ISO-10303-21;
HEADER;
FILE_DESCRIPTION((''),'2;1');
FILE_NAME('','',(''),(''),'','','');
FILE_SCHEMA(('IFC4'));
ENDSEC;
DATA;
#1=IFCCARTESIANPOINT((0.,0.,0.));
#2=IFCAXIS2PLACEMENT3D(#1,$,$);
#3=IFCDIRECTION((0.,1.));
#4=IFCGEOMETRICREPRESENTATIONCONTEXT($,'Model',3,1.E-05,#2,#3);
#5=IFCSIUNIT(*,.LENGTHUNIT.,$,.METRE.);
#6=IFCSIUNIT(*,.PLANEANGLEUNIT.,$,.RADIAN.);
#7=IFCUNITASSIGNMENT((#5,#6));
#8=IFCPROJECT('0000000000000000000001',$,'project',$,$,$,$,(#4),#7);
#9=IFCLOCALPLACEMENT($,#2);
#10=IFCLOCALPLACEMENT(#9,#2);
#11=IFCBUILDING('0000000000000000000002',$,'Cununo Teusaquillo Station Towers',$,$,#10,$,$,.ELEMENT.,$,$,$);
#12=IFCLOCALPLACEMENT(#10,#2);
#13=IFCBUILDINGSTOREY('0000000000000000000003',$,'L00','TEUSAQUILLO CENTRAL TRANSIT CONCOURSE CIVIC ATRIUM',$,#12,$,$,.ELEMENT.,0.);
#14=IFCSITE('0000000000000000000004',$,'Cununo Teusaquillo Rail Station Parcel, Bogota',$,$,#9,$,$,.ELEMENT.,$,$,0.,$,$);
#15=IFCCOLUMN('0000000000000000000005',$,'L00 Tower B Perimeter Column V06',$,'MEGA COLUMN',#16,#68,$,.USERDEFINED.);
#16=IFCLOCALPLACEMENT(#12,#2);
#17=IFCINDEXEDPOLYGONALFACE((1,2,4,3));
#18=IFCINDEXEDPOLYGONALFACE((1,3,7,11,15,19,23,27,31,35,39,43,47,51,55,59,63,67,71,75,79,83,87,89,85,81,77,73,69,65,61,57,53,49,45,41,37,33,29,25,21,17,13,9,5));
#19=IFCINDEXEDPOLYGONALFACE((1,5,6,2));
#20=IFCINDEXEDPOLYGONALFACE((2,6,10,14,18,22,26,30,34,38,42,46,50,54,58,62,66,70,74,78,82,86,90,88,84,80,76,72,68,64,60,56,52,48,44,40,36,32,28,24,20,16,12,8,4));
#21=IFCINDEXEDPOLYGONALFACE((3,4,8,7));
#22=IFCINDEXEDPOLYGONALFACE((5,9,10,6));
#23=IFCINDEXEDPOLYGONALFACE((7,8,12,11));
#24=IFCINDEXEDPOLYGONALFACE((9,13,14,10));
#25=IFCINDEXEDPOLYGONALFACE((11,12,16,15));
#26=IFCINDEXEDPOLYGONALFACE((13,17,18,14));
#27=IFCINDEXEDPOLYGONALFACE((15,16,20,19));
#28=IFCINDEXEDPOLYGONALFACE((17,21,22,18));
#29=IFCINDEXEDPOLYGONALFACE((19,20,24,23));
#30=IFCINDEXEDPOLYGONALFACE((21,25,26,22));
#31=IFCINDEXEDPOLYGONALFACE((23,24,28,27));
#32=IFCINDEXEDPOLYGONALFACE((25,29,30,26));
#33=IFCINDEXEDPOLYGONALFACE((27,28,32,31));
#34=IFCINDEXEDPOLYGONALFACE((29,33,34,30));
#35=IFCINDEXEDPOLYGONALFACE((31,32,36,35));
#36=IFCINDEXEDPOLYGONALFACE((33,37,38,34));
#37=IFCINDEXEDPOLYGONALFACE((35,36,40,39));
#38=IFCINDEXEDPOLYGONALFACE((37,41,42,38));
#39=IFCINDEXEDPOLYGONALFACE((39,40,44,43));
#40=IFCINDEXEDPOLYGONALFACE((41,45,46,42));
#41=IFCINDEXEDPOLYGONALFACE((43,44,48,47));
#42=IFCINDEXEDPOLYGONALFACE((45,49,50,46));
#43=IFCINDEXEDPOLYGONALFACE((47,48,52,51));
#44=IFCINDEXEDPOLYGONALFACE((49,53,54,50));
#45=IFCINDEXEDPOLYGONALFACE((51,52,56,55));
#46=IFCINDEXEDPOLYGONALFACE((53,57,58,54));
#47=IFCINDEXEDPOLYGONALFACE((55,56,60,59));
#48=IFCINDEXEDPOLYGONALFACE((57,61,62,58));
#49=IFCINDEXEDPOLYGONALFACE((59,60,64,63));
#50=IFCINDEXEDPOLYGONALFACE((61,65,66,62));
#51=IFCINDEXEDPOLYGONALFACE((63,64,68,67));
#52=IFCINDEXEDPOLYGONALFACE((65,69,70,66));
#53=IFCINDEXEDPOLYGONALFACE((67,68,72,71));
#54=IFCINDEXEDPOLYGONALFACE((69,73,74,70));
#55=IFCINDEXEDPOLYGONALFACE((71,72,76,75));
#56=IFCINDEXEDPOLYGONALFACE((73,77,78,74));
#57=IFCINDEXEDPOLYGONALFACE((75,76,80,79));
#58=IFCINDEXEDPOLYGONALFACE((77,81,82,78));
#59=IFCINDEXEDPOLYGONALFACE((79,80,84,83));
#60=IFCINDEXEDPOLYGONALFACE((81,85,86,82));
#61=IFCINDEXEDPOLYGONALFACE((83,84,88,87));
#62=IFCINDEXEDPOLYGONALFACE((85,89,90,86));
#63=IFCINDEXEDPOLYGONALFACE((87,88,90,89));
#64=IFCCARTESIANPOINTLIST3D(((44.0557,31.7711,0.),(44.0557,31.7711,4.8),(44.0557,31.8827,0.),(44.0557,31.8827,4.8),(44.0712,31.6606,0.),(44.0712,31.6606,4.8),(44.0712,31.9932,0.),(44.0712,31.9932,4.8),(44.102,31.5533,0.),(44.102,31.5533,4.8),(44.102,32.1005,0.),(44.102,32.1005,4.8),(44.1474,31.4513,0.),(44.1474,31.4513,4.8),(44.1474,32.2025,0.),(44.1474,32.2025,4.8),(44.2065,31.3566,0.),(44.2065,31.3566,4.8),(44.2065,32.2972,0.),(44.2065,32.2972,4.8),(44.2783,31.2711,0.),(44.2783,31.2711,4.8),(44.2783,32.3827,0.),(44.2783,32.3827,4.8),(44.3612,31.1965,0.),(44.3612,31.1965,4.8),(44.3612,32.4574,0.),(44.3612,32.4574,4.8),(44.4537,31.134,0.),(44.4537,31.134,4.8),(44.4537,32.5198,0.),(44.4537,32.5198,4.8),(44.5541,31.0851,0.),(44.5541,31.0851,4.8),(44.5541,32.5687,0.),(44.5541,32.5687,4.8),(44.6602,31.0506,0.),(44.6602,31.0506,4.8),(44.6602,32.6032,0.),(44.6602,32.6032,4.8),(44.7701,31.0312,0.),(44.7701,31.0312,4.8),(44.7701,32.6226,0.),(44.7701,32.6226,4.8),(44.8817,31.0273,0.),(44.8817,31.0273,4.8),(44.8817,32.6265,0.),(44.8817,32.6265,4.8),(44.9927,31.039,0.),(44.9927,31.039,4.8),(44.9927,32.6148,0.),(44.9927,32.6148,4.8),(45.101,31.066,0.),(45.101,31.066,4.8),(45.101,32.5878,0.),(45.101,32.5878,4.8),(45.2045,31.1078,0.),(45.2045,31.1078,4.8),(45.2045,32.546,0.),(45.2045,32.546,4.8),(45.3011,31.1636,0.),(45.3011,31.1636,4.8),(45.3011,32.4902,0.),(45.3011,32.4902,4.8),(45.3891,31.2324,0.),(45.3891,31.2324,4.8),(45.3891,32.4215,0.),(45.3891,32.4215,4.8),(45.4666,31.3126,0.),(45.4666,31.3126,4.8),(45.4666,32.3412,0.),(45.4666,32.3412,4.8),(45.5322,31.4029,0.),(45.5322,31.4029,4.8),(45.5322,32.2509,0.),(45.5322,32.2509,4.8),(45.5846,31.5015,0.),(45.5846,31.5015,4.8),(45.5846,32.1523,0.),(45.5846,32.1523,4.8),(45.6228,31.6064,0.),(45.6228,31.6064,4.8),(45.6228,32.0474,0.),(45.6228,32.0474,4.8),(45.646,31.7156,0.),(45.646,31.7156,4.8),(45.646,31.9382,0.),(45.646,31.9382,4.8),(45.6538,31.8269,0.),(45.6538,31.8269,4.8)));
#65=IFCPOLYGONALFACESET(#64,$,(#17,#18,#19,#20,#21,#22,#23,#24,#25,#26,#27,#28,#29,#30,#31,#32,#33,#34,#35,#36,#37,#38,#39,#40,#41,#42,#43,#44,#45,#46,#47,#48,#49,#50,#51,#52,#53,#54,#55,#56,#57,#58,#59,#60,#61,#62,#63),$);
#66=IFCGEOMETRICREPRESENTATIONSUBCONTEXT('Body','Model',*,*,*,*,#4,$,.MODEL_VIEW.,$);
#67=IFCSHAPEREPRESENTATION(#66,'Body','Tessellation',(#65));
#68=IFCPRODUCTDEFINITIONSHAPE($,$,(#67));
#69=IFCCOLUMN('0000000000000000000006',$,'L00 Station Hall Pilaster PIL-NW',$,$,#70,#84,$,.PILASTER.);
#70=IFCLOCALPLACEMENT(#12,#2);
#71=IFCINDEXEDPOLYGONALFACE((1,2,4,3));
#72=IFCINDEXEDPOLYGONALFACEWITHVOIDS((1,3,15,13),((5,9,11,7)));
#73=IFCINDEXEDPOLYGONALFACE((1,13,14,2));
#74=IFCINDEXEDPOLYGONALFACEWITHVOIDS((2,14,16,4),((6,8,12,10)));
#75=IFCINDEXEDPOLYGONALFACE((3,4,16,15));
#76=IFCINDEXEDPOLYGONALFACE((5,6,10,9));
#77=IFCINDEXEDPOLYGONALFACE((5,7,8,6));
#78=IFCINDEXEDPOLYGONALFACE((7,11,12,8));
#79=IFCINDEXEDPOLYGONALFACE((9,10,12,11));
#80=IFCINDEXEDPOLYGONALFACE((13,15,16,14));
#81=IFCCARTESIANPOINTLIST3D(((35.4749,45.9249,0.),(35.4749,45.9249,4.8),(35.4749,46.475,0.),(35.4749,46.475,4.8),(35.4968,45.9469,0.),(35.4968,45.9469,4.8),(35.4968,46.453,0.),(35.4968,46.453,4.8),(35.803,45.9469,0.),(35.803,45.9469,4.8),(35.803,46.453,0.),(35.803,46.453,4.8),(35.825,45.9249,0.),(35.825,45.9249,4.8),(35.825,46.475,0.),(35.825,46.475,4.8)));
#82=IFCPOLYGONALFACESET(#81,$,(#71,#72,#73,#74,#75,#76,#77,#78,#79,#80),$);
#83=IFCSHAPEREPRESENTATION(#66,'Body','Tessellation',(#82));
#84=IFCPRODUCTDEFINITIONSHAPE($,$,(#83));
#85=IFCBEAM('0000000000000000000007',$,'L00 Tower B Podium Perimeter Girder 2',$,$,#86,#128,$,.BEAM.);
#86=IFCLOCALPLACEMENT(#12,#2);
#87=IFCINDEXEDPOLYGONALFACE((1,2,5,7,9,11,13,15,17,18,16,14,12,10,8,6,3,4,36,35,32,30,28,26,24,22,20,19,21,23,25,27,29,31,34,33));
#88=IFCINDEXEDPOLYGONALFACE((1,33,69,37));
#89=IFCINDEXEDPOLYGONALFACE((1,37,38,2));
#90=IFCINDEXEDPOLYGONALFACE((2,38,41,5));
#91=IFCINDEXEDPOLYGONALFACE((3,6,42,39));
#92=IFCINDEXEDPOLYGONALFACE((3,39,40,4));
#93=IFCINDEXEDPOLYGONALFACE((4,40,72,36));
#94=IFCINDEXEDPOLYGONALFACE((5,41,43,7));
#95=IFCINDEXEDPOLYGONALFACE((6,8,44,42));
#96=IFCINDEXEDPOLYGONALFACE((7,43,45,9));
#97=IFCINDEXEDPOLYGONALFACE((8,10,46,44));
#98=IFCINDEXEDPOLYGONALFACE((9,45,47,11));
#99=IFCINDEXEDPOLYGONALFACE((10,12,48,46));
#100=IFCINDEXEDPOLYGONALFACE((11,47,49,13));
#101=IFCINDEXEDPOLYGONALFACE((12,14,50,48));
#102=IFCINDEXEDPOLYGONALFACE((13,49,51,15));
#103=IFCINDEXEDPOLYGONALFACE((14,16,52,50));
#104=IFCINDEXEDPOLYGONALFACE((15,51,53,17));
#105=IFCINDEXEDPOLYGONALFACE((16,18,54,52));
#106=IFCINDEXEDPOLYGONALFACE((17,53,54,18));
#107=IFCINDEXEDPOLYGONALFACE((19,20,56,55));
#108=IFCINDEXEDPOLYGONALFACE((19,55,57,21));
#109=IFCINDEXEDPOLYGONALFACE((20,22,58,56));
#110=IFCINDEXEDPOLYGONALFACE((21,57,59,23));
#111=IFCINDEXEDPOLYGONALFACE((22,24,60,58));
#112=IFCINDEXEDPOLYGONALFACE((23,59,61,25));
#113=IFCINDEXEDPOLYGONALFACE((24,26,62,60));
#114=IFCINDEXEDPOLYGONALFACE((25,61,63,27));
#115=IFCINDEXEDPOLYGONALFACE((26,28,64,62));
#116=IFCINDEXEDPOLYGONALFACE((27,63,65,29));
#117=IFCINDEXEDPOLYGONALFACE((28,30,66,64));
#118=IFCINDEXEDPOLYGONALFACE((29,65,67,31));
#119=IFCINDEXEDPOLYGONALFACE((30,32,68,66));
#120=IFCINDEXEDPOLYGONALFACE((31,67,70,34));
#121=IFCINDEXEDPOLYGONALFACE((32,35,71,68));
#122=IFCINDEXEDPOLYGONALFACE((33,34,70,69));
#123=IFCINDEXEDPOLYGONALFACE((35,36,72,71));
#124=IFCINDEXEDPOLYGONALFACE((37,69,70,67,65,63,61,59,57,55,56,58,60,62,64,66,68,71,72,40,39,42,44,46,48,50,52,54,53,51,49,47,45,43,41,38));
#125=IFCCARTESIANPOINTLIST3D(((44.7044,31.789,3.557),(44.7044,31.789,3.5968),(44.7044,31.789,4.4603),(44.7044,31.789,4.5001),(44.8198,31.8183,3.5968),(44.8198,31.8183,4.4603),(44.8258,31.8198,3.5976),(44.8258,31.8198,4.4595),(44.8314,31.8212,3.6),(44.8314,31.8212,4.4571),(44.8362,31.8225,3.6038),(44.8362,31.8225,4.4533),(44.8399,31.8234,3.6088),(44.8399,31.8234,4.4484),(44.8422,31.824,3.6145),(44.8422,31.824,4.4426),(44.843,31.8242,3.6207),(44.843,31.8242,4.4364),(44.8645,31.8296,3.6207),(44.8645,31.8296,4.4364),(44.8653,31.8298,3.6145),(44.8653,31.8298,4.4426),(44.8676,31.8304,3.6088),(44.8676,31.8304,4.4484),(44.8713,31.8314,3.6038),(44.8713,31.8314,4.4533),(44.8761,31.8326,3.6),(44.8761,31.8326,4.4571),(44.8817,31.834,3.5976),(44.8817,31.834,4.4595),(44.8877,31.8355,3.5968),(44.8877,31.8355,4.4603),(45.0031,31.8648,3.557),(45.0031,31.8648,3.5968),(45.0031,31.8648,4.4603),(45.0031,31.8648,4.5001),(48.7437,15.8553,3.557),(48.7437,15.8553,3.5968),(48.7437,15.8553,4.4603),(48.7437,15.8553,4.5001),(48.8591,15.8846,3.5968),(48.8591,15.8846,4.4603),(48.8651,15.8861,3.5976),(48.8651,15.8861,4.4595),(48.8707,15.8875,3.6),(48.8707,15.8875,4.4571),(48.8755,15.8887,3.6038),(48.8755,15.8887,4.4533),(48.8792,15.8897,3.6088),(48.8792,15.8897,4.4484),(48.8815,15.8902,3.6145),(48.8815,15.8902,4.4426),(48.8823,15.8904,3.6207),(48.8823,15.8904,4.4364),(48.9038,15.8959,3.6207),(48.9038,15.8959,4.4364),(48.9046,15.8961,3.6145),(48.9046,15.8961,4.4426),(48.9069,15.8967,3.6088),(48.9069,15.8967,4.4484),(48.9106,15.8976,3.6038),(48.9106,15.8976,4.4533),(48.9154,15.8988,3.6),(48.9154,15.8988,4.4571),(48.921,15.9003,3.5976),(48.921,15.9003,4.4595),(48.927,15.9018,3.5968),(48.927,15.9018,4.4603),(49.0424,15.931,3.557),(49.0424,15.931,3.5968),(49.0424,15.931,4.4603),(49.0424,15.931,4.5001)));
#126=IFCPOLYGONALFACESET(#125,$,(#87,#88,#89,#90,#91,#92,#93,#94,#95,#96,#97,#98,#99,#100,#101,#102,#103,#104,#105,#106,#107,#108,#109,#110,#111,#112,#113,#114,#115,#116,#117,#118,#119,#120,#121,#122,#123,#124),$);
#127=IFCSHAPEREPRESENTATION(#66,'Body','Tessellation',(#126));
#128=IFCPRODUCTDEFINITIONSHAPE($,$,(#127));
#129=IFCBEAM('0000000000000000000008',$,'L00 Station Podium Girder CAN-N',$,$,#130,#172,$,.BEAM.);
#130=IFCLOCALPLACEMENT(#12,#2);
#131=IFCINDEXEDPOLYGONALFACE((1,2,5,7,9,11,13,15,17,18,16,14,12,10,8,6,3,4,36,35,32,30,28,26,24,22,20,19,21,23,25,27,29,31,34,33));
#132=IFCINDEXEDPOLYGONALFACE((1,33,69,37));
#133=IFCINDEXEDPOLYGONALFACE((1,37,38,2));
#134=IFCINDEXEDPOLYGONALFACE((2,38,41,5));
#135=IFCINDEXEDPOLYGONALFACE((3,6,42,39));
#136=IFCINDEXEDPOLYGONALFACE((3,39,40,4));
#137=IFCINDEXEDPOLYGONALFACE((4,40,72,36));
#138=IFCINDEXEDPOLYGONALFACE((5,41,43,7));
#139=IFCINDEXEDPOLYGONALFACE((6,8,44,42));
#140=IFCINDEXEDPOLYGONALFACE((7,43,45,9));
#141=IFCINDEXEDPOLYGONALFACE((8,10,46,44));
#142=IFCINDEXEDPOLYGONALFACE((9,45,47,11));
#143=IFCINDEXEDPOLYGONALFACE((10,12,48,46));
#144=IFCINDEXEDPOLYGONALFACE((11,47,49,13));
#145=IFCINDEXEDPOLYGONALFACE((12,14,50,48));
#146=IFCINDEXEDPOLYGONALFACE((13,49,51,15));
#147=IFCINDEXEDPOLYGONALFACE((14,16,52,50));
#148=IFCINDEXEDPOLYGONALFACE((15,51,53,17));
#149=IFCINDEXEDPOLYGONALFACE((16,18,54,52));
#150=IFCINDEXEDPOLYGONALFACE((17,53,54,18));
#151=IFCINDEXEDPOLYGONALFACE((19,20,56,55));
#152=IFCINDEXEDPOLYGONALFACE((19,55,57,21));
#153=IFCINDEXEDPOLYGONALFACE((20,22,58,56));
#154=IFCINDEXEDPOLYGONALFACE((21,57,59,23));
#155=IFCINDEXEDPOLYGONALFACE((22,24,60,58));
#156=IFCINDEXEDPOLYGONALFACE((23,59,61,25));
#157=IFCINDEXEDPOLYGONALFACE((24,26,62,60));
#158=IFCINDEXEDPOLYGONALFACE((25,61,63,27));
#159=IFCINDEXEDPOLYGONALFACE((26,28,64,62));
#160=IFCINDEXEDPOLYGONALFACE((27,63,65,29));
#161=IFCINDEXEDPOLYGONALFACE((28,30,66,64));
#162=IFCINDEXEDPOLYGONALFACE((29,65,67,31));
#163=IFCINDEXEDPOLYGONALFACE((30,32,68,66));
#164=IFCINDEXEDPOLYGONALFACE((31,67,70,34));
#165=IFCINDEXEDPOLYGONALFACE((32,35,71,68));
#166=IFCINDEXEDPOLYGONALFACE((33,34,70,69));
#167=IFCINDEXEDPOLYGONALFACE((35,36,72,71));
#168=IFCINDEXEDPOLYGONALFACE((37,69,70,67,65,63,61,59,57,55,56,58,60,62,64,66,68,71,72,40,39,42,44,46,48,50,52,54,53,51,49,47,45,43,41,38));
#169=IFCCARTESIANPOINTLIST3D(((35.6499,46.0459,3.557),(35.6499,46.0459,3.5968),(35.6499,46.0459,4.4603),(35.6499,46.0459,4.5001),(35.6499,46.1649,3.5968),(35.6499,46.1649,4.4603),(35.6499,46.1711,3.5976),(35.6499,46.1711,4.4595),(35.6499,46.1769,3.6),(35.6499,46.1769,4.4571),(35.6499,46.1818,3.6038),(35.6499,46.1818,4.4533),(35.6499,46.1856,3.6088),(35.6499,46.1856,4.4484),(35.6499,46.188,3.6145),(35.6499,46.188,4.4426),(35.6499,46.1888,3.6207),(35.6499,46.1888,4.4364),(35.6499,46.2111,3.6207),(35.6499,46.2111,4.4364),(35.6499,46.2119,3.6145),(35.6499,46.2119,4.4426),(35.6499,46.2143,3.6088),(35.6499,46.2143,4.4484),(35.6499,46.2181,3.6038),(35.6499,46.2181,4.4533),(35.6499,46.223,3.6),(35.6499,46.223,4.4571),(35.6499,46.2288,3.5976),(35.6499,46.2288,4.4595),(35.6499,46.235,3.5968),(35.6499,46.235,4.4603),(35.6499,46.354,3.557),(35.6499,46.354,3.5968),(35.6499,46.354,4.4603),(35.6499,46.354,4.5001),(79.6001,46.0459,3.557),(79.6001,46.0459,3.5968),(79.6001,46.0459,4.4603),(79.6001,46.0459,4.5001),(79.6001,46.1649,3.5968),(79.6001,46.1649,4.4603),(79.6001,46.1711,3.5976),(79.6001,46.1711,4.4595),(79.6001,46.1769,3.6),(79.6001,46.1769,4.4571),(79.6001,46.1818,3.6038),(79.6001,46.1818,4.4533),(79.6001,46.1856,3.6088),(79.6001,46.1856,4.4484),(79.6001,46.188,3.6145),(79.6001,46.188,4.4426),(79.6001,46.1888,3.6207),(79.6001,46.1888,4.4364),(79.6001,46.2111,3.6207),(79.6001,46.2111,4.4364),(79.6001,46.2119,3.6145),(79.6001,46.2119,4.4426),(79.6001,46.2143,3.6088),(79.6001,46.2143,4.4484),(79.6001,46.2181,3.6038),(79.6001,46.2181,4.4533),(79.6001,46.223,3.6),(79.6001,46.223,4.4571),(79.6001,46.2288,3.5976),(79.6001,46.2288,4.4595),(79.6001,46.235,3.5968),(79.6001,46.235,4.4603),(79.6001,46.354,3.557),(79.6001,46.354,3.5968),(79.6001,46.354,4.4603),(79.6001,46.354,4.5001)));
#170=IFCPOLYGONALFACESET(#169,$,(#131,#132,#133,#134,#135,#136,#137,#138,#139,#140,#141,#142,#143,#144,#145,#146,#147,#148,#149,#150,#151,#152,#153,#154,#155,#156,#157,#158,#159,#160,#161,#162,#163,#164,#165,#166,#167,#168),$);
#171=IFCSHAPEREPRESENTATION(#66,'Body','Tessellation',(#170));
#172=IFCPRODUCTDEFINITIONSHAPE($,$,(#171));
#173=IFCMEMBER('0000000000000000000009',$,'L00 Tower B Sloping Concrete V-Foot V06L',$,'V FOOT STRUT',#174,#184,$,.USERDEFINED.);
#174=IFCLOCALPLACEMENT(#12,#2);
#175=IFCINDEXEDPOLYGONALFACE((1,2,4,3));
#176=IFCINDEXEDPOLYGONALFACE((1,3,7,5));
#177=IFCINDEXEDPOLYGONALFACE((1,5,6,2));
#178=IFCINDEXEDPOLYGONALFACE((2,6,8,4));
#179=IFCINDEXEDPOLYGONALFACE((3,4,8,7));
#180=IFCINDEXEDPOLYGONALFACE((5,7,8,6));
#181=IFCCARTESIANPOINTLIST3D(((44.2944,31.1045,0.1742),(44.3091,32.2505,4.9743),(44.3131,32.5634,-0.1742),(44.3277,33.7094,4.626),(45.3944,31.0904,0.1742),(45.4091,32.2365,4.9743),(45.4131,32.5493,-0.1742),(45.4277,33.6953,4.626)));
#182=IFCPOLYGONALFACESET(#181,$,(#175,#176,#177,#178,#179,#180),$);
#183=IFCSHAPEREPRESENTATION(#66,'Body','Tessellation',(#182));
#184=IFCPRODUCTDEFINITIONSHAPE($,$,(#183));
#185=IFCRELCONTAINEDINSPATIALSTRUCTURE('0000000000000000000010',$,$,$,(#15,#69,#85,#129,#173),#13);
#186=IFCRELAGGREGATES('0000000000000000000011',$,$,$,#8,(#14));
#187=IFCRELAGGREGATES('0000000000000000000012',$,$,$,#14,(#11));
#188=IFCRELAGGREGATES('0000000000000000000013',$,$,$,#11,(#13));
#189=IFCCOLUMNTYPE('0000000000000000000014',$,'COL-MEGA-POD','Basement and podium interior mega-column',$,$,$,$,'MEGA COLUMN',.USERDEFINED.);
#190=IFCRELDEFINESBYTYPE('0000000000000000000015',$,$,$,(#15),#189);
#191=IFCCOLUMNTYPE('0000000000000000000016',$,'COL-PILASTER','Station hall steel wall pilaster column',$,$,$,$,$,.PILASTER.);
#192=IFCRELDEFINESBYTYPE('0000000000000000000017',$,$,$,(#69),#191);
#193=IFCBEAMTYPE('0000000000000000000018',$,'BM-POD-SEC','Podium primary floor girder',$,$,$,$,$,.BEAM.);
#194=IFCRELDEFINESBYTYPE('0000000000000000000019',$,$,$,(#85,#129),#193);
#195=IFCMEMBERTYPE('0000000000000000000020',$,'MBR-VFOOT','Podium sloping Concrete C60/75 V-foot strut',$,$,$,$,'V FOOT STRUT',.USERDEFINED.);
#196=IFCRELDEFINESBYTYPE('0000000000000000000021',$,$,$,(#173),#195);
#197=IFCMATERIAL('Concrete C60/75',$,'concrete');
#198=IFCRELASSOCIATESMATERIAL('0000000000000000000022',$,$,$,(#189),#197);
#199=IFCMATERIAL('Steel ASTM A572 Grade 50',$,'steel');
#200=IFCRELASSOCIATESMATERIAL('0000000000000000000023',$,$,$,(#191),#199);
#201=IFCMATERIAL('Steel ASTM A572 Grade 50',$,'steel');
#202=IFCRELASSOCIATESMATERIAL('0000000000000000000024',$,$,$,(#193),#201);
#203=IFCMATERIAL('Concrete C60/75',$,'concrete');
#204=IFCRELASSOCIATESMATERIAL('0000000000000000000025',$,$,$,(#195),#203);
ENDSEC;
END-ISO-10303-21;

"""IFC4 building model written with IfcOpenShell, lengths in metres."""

from ifc_helpers import new_model, si_unit, direction, frame, origin, origin_2d, place, context, subcontext, project, spatial, rectangle, hollow_rectangle, circle, i_section, extrude, material, material_profile, profile_set, type_object, element, save


model = new_model("IFC4")

# Units and contexts
model_context = context("Model", 3, precision=1e-05, world=origin(), true_north=direction((0.0, 1.0)))
body_context = subcontext(model_context, "Body", "Model", "MODEL_VIEW")
ifc_project = project(units=[si_unit("LENGTHUNIT", "METRE"), si_unit("PLANEANGLEUNIT", "RADIAN")], contexts=[model_context])

# Site, building, storey
site_placement = place(None, origin())
site = spatial("IfcSite", under=ifc_project, at=site_placement, Name="Cununo Teusaquillo Rail Station Parcel, Bogota", CompositionType="ELEMENT", RefElevation=0.0)
building_placement = place(site_placement, origin())
building = spatial("IfcBuilding", under=site, at=building_placement, Name="Cununo Teusaquillo Station Towers", CompositionType="ELEMENT")
storey_placement = place(building_placement, origin())
storey = spatial("IfcBuildingStorey", under=building, at=storey_placement, Name="L00", Description="TEUSAQUILLO CENTRAL TRANSIT CONCOURSE CIVIC ATRIUM", CompositionType="ELEMENT", Elevation=0.0)

# Columns
ifc_material_1 = material(Name="Concrete C60/75", Category="concrete")
ifc_material_profile_1 = material_profile(ifc_material_1, circle(Radius=0.8, at=origin_2d()), Name="RC-CIRC-1600")
ifc_profile_set_1 = profile_set([ifc_material_profile_1], Name="Concrete C60/75")
column_type_1 = type_object("IfcColumnType", Name="COL-MEGA-POD", Description="Basement and podium interior mega-column", ElementType="MEGA COLUMN", PredefinedType="USERDEFINED", material=ifc_profile_set_1)
column_1_placement = place(storey_placement, frame((44.8538, 31.8269, 0.0), z_axis=(0.0, 0.0, 1.0), x_axis=(1.0, 0.0, 0.0)))
element("IfcColumn", 1, at=column_1_placement, inside=storey, type_object=column_type_1, Name="L00 Tower B Perimeter Column V06", ObjectType="MEGA COLUMN", PredefinedType="USERDEFINED", context=body_context, shape_type="SweptSolid", body=[
    extrude(circle(Radius=0.8, at=origin_2d()), origin(), (0.0, 0.0, 1.0), 4.8),
])
ifc_material_2 = material(Name="Steel ASTM A572 Grade 50", Category="steel")
ifc_material_profile_2 = material_profile(ifc_material_2, hollow_rectangle(XDim=0.3501, YDim=0.55, WallThickness=0.022, at=origin_2d()), Name="RHS 550x350x22")
ifc_profile_set_2 = profile_set([ifc_material_profile_2], Name="Steel ASTM A572 Grade 50")
column_type_2 = type_object("IfcColumnType", Name="COL-PILASTER", Description="Station hall steel wall pilaster column", PredefinedType="PILASTER", material=ifc_profile_set_2)
column_2_placement = place(storey_placement, frame((35.6499, 46.2, 0.0), z_axis=(0.0, 0.0, 1.0), x_axis=(1.0, 0.0, 0.0)))
element("IfcColumn", 2, at=column_2_placement, inside=storey, type_object=column_type_2, Name="L00 Station Hall Pilaster PIL-NW", PredefinedType="PILASTER", context=body_context, shape_type="SweptSolid", body=[
    extrude(hollow_rectangle(XDim=0.3501, YDim=0.55, WallThickness=0.022, at=origin_2d()), origin(), (0.0, 0.0, 1.0), 4.8),
])

# Beams
ifc_material_3 = material(Name="Steel ASTM A572 Grade 50", Category="steel")
ifc_material_profile_3 = material_profile(ifc_material_3, i_section(OverallWidth=0.3081, OverallDepth=0.9431, WebThickness=0.0222, FlangeThickness=0.0398, FilletRadius=0.0239, at=origin_2d()), Name="W36X232")
ifc_profile_set_3 = profile_set([ifc_material_profile_3], Name="Steel ASTM A572 Grade 50")
beam_type = type_object("IfcBeamType", Name="BM-POD-SEC", Description="Podium primary floor girder", PredefinedType="BEAM", material=ifc_profile_set_3)
beam_1_placement = place(storey_placement, frame((44.8538, 31.8269, 4.0286), z_axis=(0.245732, -0.969338, 0.0), x_axis=(0.969338, 0.245732, 0.0)))
element("IfcBeam", 3, at=beam_1_placement, inside=storey, type_object=beam_type, Name="L00 Tower B Podium Perimeter Girder 2", PredefinedType="BEAM", context=body_context, shape_type="SweptSolid", body=[
    extrude(i_section(OverallWidth=0.3081, OverallDepth=0.9431, WebThickness=0.0222, FlangeThickness=0.0398, FilletRadius=0.0239, at=origin_2d()), origin(), (0.0, 0.0, 1.0), 16.4377),
])
beam_2_placement = place(storey_placement, frame((35.6499, 46.2, 4.0286), z_axis=(1.0, 0.0, 0.0), x_axis=(0.0, 1.0, 0.0)))
element("IfcBeam", 4, at=beam_2_placement, inside=storey, type_object=beam_type, Name="L00 Station Podium Girder CAN-N", PredefinedType="BEAM", context=body_context, shape_type="SweptSolid", body=[
    extrude(i_section(OverallWidth=0.3081, OverallDepth=0.9431, WebThickness=0.0222, FlangeThickness=0.0398, FilletRadius=0.0239, at=origin_2d()), origin(), (0.0, 0.0, 1.0), 43.9502),
])

# Member
ifc_material_4 = material(Name="Concrete C60/75", Category="concrete")
ifc_material_profile_4 = material_profile(ifc_material_4, rectangle(XDim=1.1001, YDim=1.5, at=origin_2d()), Name="RC-RECT-1500x1100")
ifc_profile_set_4 = profile_set([ifc_material_profile_4], Name="Concrete C60/75")
member_type = type_object("IfcMemberType", Name="MBR-VFOOT", Description="Podium sloping Concrete C60/75 V-foot strut", ElementType="V FOOT STRUT", PredefinedType="USERDEFINED", material=ifc_profile_set_4)
member_1_placement = place(storey_placement, frame((44.8538, 31.8269, 0.0), z_axis=(0.002968, 0.232219, 0.972659), x_axis=(-0.999918, 0.012781, 0.0)))
element("IfcMember", 5, at=member_1_placement, inside=storey, type_object=member_type, Name="L00 Tower B Sloping Concrete V-Foot V06L", ObjectType="V FOOT STRUT", PredefinedType="USERDEFINED", context=body_context, shape_type="SweptSolid", body=[
    extrude(rectangle(XDim=1.1001, YDim=1.5, at=origin_2d()), origin(), (0.0, 0.0, 1.0), 4.9351),
])

save(model, "model.ifc")
